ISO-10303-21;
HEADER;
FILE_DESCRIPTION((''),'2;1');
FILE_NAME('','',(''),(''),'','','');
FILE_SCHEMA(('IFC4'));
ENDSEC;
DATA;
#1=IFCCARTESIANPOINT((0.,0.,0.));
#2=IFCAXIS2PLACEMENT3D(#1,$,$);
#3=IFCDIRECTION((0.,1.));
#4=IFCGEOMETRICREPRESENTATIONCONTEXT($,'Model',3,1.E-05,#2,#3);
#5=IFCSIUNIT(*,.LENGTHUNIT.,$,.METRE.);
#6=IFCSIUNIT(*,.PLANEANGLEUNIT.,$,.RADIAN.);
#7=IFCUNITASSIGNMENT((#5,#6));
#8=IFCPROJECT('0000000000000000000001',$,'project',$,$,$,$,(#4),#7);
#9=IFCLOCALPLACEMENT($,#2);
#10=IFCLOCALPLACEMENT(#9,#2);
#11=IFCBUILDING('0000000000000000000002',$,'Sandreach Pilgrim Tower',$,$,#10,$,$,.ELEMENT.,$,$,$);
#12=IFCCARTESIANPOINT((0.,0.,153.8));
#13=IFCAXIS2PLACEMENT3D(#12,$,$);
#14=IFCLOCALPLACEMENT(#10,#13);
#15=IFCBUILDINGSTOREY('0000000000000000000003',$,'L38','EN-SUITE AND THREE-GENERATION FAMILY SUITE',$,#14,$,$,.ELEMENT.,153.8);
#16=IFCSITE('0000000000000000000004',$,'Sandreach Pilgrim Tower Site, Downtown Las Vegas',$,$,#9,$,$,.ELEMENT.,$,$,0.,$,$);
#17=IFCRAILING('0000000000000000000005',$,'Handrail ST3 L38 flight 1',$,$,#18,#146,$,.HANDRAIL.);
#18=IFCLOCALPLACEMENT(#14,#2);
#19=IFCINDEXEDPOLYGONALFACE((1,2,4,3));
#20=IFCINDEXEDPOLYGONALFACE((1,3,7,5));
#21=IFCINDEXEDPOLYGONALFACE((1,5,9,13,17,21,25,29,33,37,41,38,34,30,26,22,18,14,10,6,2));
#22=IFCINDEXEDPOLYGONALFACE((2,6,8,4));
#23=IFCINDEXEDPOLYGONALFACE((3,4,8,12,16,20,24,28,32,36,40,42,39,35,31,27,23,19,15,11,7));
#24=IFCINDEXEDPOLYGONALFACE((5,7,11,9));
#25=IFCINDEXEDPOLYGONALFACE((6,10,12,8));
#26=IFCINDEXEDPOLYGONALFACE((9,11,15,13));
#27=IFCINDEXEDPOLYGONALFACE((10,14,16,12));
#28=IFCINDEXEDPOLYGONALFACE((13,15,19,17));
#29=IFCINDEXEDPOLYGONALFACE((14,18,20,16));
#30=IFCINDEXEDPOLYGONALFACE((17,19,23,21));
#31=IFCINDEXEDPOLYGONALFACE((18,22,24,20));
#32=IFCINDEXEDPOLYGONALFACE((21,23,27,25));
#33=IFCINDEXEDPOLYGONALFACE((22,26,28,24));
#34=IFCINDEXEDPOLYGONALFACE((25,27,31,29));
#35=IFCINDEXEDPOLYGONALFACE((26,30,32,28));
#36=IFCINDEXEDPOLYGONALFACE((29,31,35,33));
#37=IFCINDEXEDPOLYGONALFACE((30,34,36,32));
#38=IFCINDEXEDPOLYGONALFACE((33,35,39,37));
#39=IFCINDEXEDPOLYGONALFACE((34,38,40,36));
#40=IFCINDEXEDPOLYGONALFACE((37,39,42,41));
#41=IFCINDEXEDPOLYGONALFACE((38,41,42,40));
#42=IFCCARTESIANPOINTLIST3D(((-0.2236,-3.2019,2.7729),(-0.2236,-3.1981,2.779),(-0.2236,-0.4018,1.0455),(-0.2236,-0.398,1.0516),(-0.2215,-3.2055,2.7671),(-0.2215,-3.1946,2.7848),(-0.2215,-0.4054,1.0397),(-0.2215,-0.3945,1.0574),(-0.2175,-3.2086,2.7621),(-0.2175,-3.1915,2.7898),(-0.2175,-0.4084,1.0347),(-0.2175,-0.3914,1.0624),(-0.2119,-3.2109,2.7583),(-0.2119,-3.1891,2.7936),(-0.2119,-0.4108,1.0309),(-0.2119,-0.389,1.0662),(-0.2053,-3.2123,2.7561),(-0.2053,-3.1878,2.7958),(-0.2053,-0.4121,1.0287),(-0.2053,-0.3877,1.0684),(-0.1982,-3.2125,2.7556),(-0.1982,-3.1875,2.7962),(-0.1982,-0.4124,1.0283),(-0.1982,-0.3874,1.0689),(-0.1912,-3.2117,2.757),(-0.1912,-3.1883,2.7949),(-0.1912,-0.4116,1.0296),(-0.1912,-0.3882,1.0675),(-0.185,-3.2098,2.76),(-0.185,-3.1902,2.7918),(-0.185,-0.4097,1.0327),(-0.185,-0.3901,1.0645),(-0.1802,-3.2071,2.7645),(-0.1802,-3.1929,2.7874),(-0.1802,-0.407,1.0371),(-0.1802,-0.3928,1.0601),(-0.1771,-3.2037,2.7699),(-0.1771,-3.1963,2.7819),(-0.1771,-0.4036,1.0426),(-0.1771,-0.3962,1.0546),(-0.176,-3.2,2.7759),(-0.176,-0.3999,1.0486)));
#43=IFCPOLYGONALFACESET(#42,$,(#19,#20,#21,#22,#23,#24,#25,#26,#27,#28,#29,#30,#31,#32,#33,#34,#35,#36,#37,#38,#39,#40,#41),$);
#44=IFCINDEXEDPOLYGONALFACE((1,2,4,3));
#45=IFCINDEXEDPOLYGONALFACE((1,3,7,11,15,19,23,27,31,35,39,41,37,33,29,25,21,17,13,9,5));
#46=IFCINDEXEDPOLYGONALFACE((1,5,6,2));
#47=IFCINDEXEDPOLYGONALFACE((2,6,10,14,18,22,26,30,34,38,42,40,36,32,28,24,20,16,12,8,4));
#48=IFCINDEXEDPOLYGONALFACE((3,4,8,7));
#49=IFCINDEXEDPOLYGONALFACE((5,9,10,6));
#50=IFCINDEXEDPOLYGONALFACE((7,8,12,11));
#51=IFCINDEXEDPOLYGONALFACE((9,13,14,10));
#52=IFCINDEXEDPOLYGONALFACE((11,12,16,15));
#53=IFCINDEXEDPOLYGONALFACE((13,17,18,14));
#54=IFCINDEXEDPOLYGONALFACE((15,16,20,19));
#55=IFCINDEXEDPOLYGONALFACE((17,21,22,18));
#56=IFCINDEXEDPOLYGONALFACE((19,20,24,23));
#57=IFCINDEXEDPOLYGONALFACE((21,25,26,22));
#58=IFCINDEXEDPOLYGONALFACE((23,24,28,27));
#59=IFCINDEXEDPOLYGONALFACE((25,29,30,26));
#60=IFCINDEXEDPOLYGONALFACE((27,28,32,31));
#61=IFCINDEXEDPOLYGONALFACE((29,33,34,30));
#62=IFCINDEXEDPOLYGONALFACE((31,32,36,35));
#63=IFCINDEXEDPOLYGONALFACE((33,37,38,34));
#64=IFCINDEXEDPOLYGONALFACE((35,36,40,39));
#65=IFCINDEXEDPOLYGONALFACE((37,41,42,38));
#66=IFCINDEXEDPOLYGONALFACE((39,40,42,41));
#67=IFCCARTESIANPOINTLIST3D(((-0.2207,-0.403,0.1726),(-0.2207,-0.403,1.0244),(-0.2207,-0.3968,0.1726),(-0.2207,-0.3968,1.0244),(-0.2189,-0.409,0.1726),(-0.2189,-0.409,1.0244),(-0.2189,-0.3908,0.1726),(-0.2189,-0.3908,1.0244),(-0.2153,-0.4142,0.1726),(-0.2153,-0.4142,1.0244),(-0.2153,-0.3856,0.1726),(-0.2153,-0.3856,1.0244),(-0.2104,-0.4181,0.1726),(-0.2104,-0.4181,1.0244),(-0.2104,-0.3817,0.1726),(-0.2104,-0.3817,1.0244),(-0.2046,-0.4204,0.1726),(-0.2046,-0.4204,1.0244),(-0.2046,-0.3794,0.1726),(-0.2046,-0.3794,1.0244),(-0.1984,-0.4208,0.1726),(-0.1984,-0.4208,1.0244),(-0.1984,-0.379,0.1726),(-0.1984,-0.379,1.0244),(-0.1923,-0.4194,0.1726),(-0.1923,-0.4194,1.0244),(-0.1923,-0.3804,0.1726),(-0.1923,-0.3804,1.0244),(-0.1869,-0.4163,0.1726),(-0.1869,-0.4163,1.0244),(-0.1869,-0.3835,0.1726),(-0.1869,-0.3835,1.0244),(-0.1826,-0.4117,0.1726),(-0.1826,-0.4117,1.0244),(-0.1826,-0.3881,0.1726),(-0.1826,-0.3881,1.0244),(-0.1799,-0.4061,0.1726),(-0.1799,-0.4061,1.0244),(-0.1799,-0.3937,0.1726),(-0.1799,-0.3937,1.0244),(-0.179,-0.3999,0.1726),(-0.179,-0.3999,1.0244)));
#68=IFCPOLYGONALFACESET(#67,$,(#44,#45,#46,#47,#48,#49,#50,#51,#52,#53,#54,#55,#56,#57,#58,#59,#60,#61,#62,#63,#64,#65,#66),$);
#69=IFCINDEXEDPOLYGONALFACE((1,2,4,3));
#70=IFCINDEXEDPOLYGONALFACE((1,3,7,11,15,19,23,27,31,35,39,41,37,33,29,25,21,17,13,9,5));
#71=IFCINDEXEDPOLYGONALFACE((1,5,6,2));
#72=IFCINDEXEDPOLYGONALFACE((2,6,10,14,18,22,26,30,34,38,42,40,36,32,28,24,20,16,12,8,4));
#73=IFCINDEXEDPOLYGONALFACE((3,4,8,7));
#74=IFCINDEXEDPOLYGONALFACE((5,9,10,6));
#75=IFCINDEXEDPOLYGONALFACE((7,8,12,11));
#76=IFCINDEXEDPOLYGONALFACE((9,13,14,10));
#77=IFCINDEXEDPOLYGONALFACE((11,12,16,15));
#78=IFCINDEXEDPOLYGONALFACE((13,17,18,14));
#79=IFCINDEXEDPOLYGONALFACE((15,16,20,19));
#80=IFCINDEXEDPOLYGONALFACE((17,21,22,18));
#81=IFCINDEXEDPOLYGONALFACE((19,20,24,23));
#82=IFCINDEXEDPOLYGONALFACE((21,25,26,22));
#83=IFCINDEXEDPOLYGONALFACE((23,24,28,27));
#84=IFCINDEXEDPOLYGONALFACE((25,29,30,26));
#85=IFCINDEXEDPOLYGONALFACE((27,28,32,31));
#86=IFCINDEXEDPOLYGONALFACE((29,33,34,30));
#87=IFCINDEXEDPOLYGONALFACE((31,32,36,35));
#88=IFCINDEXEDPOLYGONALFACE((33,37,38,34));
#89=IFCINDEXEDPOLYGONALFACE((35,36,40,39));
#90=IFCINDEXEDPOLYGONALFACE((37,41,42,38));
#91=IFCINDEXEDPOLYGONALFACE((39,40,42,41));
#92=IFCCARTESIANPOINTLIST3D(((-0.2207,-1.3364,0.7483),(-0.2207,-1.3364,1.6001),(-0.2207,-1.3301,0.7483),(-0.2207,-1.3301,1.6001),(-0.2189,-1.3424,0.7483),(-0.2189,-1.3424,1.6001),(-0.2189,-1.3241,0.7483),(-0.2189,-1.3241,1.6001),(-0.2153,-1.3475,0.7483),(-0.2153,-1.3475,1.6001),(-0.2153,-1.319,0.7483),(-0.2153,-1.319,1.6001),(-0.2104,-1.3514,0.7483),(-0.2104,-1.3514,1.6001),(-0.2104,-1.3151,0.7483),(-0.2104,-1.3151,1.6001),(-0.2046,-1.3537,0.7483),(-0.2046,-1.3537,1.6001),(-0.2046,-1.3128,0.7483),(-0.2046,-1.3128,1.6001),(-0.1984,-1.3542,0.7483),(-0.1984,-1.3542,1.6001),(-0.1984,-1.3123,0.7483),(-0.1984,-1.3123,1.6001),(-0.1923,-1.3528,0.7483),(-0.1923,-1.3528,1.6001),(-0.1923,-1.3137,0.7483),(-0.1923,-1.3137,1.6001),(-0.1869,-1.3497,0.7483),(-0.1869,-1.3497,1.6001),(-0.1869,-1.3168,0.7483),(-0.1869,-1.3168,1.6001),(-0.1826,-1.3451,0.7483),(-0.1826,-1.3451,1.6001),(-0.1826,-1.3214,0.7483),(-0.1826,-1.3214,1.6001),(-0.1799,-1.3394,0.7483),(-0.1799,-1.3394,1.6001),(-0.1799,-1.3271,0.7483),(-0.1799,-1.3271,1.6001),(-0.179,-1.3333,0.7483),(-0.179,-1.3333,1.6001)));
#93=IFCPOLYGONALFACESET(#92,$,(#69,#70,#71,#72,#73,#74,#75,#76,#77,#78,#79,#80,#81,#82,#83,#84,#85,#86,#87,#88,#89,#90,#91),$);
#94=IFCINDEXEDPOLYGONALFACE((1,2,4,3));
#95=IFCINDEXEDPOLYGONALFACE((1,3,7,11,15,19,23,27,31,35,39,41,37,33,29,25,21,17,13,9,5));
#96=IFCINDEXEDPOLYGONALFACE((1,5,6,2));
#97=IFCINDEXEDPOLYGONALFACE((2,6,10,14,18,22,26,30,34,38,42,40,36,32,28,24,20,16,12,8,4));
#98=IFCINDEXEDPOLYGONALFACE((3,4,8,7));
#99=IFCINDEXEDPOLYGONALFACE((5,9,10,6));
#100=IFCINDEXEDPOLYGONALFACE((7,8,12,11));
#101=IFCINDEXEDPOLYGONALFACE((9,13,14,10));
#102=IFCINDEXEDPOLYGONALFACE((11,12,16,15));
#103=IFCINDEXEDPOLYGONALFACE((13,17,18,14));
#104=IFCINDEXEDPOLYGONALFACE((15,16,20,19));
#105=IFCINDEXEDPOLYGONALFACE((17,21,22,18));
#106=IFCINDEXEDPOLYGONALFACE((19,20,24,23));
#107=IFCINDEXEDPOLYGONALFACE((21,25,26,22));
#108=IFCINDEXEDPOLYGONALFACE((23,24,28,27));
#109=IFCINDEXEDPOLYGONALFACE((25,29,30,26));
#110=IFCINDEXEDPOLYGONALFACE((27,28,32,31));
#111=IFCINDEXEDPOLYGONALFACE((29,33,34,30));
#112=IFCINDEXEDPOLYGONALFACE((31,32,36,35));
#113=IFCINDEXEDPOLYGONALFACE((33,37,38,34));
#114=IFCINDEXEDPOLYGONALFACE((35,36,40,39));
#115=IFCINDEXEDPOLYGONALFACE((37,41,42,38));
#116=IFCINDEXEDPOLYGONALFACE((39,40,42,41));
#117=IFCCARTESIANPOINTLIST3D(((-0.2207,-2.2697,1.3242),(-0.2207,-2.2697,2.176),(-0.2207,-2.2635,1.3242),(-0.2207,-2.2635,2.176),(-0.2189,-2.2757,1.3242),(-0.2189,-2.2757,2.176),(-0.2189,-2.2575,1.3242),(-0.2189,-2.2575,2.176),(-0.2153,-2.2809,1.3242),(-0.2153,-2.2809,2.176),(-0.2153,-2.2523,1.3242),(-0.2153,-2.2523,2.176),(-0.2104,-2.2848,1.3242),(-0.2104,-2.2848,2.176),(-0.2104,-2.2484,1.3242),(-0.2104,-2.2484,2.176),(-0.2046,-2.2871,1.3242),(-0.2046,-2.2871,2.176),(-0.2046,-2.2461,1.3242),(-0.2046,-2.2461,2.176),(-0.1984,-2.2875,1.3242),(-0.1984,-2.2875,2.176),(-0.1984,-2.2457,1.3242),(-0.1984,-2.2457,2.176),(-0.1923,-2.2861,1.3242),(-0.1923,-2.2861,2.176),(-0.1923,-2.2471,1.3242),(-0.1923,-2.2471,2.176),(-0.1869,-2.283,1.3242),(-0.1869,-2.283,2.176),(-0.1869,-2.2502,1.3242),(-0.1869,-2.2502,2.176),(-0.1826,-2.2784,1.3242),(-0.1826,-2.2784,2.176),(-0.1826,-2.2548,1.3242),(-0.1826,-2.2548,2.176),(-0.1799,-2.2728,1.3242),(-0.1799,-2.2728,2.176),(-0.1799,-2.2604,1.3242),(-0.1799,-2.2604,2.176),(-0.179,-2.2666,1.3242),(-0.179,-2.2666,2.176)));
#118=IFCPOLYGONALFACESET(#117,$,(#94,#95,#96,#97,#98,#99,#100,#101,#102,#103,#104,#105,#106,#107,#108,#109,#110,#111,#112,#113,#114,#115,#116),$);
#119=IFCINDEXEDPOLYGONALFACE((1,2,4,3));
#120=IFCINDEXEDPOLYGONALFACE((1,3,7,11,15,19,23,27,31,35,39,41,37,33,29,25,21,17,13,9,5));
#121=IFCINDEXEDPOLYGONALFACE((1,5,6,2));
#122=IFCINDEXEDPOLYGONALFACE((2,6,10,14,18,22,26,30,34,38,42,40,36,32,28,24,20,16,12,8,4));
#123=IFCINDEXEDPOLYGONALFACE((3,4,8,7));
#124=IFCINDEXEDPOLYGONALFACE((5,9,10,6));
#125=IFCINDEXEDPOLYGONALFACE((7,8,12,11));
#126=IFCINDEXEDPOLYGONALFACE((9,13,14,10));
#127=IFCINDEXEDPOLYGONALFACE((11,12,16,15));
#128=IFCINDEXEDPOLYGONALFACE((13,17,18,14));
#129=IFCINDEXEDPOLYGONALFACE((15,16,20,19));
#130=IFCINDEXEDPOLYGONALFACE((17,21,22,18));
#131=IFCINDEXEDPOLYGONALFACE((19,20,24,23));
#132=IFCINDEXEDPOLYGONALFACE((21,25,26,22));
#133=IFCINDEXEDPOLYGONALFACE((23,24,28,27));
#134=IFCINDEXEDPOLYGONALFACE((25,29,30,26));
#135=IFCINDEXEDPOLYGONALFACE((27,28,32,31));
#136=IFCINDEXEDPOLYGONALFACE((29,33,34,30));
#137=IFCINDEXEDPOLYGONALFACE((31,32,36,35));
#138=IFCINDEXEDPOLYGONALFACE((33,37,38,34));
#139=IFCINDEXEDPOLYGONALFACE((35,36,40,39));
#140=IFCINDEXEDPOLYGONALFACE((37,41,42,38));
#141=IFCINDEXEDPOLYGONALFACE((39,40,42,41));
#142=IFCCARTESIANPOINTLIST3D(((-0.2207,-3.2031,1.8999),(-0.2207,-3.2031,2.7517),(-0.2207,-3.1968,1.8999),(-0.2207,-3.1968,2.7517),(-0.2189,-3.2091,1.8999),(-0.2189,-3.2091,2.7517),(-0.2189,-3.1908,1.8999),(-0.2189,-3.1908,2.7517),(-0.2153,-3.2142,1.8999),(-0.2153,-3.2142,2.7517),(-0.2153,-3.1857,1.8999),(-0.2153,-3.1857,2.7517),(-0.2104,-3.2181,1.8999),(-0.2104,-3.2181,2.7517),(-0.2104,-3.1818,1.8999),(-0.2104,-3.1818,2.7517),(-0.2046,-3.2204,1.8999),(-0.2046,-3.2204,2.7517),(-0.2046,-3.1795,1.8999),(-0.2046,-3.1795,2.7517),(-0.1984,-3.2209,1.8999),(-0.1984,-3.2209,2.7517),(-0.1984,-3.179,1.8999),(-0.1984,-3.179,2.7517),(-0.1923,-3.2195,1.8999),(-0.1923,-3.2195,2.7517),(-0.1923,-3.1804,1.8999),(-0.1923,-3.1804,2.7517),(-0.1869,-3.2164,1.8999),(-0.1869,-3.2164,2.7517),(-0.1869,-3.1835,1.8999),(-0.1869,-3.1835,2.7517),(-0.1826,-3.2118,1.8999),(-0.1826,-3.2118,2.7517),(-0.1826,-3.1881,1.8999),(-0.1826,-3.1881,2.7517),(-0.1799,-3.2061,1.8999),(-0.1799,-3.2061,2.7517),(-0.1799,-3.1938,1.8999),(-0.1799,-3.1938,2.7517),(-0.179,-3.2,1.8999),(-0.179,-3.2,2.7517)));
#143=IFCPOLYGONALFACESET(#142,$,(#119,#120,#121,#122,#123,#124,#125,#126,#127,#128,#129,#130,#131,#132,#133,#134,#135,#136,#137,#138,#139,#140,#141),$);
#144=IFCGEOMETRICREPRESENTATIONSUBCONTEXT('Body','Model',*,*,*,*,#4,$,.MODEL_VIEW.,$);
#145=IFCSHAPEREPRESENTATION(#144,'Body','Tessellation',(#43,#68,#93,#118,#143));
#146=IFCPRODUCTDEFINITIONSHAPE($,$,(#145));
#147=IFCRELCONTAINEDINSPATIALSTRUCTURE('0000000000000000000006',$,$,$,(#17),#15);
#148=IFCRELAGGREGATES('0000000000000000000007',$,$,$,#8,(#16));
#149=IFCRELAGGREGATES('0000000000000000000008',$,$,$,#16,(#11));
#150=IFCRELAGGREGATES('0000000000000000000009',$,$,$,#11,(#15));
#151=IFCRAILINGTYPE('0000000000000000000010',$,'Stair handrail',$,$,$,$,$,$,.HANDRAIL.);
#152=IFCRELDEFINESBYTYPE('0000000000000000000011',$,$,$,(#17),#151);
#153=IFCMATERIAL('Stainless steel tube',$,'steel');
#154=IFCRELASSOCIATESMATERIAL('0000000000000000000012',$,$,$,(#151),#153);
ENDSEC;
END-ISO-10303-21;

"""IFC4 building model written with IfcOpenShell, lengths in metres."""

from ifc_helpers import new_model, si_unit, direction, frame, origin, origin_2d, place, context, subcontext, project, spatial, circle, extrude, material, type_object, element, save


model = new_model("IFC4")

# Units and contexts
model_context = context("Model", 3, precision=1e-05, world=origin(), true_north=direction((0.0, 1.0)))
body_context = subcontext(model_context, "Body", "Model", "MODEL_VIEW")
ifc_project = project(units=[si_unit("LENGTHUNIT", "METRE"), si_unit("PLANEANGLEUNIT", "RADIAN")], contexts=[model_context])

# Site, building, storey
site_placement = place(None, origin())
site = spatial("IfcSite", under=ifc_project, at=site_placement, Name="Sandreach Pilgrim Tower Site, Downtown Las Vegas", CompositionType="ELEMENT", RefElevation=0.0)
building_placement = place(site_placement, origin())
building = spatial("IfcBuilding", under=site, at=building_placement, Name="Sandreach Pilgrim Tower", CompositionType="ELEMENT")
storey_placement = place(building_placement, frame((0.0, 0.0, 153.8)))
storey = spatial("IfcBuildingStorey", under=building, at=storey_placement, Name="L38", Description="EN-SUITE AND THREE-GENERATION FAMILY SUITE", CompositionType="ELEMENT", Elevation=153.8)

# Railing
ifc_material_1 = material(Name="Stainless steel tube", Category="steel")
railing_type = type_object("IfcRailingType", Name="Stair handrail", PredefinedType="HANDRAIL", material=ifc_material_1)
for number, where, name in (
    (1, (-0.2, -0.3999, 0.1726), "Handrail ST3 L38 flight 1"),
):
    element("IfcRailing", number, at=place(storey_placement, frame(where)), inside=storey, type_object=railing_type, Name=name, PredefinedType="HANDRAIL", context=body_context, shape_type="SweptSolid", body=[
        extrude(circle(Radius=0.0239, at=origin_2d()), frame((0.0, 0.0, 0.876), z_axis=(0.0, -0.85109, 0.52502), x_axis=(1.0, 0.0, 0.0)), (0.0, 0.0, 1.0), 3.29),
        extrude(circle(Radius=0.021, at=origin_2d()), origin(), (0.0, 0.0, 1.0), 0.8518),
        extrude(circle(Radius=0.021, at=origin_2d()), frame((0.0, -0.9333, 0.5757)), (0.0, 0.0, 1.0), 0.8518),
        extrude(circle(Radius=0.021, at=origin_2d()), frame((0.0, -1.8667, 1.1516)), (0.0, 0.0, 1.0), 0.8518),
        extrude(circle(Radius=0.021, at=origin_2d()), frame((0.0, -2.8, 1.7273)), (0.0, 0.0, 1.0), 0.8518),
    ])

save(model, "model.ifc")
